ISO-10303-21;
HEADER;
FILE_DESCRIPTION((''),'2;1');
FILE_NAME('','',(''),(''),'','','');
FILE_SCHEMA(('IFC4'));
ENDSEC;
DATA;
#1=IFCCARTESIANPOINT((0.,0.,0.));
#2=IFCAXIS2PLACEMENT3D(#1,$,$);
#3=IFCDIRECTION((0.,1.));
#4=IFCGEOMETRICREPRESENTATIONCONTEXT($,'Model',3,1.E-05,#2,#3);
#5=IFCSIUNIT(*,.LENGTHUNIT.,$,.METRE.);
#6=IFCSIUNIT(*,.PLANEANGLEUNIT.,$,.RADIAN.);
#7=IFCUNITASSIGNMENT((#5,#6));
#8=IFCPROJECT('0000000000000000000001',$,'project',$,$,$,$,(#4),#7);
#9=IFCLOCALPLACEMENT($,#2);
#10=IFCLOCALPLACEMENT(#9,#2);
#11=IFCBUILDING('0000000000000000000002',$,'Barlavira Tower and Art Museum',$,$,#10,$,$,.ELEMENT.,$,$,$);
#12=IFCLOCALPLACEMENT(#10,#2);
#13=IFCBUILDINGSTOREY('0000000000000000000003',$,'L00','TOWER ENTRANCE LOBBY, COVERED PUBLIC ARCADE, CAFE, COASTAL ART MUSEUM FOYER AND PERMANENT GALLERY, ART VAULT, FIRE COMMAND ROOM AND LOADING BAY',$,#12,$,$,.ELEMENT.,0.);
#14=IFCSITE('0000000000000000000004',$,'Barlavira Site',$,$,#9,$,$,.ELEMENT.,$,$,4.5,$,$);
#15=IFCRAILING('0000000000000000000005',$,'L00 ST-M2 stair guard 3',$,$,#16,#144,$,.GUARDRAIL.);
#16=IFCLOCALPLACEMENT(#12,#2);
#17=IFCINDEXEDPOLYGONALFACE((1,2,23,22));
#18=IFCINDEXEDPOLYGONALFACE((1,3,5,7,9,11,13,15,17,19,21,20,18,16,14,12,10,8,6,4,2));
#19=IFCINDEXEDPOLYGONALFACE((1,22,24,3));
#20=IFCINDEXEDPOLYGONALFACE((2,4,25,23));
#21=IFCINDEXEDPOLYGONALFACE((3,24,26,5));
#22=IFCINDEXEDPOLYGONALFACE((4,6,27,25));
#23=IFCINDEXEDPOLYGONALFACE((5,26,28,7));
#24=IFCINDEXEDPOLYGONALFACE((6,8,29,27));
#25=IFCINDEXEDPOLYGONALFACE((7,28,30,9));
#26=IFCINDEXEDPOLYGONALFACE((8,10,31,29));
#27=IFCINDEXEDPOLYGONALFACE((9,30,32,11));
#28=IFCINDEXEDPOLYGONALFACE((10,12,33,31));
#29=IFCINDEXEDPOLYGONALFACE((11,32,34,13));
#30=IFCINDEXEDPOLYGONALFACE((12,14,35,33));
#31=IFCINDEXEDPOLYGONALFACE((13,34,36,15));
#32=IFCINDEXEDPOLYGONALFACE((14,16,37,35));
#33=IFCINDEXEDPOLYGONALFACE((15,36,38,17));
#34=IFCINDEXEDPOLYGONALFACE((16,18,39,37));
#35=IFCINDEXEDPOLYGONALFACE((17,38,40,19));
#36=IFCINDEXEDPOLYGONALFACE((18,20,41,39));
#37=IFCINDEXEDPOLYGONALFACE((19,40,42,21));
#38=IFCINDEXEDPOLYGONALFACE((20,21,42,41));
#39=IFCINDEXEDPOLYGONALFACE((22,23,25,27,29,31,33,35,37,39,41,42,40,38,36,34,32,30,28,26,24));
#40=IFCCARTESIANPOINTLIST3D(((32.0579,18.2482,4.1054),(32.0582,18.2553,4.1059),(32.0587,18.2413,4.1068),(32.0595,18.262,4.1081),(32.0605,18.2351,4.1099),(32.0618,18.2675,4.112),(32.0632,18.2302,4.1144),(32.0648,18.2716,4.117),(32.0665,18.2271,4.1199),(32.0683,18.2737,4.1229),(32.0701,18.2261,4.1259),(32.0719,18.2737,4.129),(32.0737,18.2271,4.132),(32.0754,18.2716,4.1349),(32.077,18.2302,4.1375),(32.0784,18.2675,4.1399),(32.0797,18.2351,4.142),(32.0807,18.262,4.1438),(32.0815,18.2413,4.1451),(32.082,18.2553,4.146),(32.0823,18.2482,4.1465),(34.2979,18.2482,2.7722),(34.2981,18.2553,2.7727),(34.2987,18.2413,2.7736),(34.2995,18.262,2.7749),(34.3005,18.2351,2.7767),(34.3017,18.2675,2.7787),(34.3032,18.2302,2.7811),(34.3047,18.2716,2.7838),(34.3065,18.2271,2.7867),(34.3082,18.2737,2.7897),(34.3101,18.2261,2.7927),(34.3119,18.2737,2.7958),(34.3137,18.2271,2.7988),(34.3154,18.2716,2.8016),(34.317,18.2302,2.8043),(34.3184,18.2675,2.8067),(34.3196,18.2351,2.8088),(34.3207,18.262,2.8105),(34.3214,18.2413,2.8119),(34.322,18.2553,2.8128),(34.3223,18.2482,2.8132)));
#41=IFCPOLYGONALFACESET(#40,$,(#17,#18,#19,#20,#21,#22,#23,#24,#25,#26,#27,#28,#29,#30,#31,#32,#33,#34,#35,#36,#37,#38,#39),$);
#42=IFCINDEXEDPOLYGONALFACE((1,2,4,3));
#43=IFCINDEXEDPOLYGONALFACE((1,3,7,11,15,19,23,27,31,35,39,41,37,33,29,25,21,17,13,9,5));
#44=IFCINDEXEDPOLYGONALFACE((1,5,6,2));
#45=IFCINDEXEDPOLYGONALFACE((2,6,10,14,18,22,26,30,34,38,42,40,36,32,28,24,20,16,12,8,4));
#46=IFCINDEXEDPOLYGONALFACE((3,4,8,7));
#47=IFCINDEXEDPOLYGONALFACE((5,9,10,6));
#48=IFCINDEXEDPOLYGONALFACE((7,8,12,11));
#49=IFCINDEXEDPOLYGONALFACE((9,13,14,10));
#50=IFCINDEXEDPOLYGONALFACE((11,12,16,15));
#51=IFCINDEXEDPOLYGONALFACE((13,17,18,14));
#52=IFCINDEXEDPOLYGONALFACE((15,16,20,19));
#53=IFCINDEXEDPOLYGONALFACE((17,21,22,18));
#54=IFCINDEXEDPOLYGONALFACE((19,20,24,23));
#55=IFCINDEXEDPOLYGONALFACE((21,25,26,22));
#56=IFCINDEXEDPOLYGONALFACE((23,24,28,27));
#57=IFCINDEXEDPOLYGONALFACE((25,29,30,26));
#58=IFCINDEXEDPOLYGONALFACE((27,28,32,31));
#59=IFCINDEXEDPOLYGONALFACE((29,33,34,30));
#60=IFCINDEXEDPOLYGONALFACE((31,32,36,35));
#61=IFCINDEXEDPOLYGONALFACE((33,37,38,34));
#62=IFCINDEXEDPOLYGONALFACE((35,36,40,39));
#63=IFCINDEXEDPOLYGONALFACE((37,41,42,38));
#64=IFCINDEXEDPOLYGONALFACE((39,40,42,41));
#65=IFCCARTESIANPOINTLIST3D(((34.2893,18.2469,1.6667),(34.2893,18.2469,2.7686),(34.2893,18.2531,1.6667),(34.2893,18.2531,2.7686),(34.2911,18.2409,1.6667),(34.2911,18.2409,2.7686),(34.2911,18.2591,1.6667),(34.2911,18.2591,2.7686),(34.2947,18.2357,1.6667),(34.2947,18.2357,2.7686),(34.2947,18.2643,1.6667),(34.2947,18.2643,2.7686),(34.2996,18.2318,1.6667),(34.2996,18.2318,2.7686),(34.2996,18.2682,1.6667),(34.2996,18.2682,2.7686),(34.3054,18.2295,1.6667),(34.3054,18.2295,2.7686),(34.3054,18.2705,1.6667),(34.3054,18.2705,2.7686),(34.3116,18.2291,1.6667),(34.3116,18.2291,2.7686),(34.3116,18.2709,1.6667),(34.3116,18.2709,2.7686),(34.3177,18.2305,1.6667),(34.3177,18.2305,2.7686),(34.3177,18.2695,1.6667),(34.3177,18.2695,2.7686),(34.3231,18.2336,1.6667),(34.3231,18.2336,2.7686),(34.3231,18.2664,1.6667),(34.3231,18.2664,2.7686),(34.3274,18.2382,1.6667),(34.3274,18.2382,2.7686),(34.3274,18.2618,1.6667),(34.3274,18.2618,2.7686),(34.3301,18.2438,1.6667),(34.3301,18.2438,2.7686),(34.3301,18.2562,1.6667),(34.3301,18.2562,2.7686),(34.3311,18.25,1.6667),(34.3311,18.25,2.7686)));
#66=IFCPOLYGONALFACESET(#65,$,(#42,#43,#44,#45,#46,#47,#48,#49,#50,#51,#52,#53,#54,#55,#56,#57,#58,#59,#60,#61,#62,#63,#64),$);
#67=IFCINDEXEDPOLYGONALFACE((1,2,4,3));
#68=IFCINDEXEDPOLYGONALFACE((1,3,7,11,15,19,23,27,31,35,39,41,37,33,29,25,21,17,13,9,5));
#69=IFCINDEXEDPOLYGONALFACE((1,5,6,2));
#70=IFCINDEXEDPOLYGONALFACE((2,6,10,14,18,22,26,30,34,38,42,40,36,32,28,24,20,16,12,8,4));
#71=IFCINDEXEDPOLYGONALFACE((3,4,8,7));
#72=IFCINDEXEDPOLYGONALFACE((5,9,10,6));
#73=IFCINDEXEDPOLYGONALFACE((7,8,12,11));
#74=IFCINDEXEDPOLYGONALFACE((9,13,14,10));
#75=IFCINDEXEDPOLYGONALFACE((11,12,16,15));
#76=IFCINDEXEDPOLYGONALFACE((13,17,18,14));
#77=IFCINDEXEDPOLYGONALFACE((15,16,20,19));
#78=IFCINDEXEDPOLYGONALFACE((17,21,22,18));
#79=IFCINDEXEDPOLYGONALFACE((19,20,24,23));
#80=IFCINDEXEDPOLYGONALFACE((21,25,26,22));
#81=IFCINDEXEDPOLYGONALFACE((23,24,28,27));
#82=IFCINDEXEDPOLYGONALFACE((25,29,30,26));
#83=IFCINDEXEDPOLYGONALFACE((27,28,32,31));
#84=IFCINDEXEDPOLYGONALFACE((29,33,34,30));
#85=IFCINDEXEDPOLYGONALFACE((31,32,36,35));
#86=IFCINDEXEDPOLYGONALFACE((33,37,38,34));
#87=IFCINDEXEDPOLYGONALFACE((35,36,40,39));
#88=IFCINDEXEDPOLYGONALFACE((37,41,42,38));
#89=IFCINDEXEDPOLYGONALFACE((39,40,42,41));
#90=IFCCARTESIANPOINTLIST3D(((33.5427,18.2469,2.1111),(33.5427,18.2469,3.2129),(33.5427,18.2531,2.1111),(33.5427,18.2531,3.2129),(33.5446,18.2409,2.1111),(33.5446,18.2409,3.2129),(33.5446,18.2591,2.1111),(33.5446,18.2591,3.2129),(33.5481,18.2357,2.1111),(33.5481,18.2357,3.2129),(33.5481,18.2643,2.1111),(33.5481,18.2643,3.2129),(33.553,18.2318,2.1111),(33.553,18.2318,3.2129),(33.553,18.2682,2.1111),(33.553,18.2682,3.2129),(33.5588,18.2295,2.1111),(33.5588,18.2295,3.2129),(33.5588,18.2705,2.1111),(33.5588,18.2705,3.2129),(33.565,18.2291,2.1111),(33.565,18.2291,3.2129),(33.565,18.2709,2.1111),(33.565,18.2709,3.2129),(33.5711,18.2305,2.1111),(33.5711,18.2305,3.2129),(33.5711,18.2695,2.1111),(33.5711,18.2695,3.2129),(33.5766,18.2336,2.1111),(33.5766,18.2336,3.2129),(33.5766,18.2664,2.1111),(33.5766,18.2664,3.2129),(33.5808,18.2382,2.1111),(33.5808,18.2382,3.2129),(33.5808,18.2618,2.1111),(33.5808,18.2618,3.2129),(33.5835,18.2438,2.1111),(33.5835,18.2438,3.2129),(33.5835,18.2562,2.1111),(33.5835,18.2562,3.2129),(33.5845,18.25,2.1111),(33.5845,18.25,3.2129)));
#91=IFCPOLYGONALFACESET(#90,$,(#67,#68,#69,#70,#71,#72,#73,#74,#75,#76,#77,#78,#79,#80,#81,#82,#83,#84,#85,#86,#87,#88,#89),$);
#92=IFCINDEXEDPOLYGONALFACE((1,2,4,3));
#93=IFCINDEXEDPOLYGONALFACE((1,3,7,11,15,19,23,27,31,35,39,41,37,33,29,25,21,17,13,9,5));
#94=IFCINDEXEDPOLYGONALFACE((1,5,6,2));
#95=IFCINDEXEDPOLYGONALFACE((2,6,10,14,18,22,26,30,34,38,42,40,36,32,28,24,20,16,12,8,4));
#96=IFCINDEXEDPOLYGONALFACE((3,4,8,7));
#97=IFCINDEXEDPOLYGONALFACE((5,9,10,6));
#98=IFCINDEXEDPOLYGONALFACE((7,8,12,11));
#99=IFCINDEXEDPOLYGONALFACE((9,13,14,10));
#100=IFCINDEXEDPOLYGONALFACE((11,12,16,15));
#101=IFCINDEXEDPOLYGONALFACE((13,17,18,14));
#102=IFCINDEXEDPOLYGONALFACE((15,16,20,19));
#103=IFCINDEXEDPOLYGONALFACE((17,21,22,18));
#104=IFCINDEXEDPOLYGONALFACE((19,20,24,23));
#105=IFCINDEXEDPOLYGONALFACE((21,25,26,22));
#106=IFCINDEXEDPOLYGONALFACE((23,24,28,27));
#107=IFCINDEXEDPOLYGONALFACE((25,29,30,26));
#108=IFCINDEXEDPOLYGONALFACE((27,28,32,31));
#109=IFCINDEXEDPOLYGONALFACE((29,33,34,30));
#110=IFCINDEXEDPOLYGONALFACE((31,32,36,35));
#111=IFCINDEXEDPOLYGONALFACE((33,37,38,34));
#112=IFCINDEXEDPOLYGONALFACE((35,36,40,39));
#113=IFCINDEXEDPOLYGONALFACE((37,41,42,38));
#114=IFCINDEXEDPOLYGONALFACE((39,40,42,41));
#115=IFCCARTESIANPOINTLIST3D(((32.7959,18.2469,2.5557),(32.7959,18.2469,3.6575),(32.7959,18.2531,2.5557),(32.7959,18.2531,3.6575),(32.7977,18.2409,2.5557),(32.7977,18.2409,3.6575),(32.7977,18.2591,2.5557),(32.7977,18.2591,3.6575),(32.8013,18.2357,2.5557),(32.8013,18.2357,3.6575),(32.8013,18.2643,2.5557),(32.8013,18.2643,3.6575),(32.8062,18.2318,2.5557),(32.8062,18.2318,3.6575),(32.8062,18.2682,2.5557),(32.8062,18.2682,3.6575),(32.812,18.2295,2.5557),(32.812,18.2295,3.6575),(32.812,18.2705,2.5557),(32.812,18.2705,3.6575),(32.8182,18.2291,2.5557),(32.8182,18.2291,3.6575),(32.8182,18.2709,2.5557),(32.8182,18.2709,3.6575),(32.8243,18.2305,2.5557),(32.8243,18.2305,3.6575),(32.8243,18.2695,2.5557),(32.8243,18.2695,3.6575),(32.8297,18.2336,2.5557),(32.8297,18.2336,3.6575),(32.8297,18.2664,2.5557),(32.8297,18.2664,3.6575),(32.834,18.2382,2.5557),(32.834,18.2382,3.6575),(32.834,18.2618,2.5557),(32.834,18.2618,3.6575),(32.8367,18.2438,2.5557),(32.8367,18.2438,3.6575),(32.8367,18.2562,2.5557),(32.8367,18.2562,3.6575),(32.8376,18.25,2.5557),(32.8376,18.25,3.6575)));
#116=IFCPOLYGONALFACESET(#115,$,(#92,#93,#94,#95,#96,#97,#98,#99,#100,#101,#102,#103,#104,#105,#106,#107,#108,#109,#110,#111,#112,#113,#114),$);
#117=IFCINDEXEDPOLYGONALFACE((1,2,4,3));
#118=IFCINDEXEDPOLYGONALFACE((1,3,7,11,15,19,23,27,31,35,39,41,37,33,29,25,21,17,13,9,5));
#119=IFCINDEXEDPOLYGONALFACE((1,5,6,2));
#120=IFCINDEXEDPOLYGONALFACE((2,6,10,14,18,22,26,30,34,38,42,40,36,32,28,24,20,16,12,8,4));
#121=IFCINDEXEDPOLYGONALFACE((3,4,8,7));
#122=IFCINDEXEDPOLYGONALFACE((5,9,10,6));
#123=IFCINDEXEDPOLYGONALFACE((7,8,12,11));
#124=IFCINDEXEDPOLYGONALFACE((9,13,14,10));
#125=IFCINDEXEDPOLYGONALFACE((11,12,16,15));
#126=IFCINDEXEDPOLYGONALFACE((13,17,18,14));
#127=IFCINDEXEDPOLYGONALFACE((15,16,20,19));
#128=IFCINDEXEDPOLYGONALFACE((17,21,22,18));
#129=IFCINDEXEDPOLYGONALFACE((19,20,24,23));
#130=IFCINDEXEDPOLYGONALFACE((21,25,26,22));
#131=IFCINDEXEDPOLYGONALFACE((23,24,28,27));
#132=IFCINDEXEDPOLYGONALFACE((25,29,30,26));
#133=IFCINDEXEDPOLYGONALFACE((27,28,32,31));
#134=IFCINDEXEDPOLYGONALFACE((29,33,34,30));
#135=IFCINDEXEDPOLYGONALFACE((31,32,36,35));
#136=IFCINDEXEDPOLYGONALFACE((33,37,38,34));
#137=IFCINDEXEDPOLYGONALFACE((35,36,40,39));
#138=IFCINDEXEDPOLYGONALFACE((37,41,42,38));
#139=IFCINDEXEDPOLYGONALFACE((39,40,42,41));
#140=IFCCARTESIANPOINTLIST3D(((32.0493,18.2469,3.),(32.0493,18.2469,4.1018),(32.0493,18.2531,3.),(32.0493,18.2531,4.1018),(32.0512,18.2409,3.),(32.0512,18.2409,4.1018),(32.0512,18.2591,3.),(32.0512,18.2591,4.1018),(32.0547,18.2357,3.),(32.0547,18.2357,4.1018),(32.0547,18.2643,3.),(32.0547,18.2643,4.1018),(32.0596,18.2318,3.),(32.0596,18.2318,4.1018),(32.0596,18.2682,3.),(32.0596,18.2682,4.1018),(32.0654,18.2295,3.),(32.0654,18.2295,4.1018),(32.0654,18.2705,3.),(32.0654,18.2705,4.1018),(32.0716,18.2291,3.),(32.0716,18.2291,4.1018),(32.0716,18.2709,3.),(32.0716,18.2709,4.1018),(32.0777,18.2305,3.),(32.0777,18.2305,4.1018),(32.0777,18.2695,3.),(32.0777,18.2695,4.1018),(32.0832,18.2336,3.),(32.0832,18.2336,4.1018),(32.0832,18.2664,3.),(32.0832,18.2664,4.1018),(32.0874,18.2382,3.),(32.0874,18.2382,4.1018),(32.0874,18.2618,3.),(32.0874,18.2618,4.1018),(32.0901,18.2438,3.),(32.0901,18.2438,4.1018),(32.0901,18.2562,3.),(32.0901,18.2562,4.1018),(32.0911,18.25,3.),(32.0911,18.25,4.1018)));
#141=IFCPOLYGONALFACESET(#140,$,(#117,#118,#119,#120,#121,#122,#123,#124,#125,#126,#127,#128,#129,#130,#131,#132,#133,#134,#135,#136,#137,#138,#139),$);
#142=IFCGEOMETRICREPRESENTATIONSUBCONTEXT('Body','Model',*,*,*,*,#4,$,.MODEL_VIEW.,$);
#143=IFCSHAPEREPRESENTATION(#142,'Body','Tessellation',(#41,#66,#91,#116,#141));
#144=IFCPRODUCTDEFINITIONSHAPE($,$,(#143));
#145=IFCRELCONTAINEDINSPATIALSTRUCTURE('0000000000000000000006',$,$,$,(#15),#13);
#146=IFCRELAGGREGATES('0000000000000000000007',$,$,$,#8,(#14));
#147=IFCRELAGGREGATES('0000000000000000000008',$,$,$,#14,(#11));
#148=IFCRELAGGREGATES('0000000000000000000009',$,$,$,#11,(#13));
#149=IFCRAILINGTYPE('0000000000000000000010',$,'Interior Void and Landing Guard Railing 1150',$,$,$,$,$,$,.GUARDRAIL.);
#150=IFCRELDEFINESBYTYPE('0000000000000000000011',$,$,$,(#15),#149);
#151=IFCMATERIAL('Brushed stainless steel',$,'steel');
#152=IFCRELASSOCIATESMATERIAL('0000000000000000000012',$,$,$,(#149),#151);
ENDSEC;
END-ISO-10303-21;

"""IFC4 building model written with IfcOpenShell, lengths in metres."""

from ifc_helpers import new_model, si_unit, direction, frame, origin, origin_2d, place, context, subcontext, project, spatial, circle, extrude, material, type_object, element, save


model = new_model("IFC4")

# Units and contexts
model_context = context("Model", 3, precision=1e-05, world=origin(), true_north=direction((0.0, 1.0)))
body_context = subcontext(model_context, "Body", "Model", "MODEL_VIEW")
ifc_project = project(units=[si_unit("LENGTHUNIT", "METRE"), si_unit("PLANEANGLEUNIT", "RADIAN")], contexts=[model_context])

# Site, building, storey
site_placement = place(None, origin())
site = spatial("IfcSite", under=ifc_project, at=site_placement, Name="Barlavira Site", CompositionType="ELEMENT", RefElevation=4.5)
building_placement = place(site_placement, origin())
building = spatial("IfcBuilding", under=site, at=building_placement, Name="Barlavira Tower and Art Museum", CompositionType="ELEMENT")
storey_placement = place(building_placement, origin())
storey = spatial("IfcBuildingStorey", under=building, at=storey_placement, Name="L00", Description="TOWER ENTRANCE LOBBY, COVERED PUBLIC ARCADE, CAFE, COASTAL ART MUSEUM FOYER AND PERMANENT GALLERY, ART VAULT, FIRE COMMAND ROOM AND LOADING BAY", CompositionType="ELEMENT", Elevation=0.0)

# Shared definitions
ifc_material_1 = material(Name="Brushed stainless steel", Category="steel")

# Railing
railing_type_1 = type_object("IfcRailingType", Name="Interior Void and Landing Guard Railing 1150", PredefinedType="GUARDRAIL", material=ifc_material_1)
railing_1_placement = place(storey_placement, frame((34.3101, 18.25, 1.6667)))
element("IfcRailing", 1, at=railing_1_placement, inside=storey, type_object=railing_type_1, Name="L00 ST-M2 stair guard 3", PredefinedType="GUARDRAIL", context=body_context, shape_type="SweptSolid", body=[
    extrude(circle(Radius=0.0239, at=origin_2d()), frame((0.0, 0.0, 1.126), z_axis=(-0.859306, 0.0, 0.511462), x_axis=(0.0, -1.0, 0.0)), (0.0, 0.0, 1.0), 2.6067),
    extrude(circle(Radius=0.021, at=origin_2d()), origin(), (0.0, 0.0, 1.0), 1.1018),
    extrude(circle(Radius=0.021, at=origin_2d()), frame((-0.7466, 0.0, 0.4443)), (0.0, 0.0, 1.0), 1.1018),
    extrude(circle(Radius=0.021, at=origin_2d()), frame((-1.4934, 0.0, 0.8889)), (0.0, 0.0, 1.0), 1.1018),
    extrude(circle(Radius=0.021, at=origin_2d()), frame((-2.24, 0.0, 1.3333)), (0.0, 0.0, 1.0), 1.1018),
])

save(model, "model.ifc")
